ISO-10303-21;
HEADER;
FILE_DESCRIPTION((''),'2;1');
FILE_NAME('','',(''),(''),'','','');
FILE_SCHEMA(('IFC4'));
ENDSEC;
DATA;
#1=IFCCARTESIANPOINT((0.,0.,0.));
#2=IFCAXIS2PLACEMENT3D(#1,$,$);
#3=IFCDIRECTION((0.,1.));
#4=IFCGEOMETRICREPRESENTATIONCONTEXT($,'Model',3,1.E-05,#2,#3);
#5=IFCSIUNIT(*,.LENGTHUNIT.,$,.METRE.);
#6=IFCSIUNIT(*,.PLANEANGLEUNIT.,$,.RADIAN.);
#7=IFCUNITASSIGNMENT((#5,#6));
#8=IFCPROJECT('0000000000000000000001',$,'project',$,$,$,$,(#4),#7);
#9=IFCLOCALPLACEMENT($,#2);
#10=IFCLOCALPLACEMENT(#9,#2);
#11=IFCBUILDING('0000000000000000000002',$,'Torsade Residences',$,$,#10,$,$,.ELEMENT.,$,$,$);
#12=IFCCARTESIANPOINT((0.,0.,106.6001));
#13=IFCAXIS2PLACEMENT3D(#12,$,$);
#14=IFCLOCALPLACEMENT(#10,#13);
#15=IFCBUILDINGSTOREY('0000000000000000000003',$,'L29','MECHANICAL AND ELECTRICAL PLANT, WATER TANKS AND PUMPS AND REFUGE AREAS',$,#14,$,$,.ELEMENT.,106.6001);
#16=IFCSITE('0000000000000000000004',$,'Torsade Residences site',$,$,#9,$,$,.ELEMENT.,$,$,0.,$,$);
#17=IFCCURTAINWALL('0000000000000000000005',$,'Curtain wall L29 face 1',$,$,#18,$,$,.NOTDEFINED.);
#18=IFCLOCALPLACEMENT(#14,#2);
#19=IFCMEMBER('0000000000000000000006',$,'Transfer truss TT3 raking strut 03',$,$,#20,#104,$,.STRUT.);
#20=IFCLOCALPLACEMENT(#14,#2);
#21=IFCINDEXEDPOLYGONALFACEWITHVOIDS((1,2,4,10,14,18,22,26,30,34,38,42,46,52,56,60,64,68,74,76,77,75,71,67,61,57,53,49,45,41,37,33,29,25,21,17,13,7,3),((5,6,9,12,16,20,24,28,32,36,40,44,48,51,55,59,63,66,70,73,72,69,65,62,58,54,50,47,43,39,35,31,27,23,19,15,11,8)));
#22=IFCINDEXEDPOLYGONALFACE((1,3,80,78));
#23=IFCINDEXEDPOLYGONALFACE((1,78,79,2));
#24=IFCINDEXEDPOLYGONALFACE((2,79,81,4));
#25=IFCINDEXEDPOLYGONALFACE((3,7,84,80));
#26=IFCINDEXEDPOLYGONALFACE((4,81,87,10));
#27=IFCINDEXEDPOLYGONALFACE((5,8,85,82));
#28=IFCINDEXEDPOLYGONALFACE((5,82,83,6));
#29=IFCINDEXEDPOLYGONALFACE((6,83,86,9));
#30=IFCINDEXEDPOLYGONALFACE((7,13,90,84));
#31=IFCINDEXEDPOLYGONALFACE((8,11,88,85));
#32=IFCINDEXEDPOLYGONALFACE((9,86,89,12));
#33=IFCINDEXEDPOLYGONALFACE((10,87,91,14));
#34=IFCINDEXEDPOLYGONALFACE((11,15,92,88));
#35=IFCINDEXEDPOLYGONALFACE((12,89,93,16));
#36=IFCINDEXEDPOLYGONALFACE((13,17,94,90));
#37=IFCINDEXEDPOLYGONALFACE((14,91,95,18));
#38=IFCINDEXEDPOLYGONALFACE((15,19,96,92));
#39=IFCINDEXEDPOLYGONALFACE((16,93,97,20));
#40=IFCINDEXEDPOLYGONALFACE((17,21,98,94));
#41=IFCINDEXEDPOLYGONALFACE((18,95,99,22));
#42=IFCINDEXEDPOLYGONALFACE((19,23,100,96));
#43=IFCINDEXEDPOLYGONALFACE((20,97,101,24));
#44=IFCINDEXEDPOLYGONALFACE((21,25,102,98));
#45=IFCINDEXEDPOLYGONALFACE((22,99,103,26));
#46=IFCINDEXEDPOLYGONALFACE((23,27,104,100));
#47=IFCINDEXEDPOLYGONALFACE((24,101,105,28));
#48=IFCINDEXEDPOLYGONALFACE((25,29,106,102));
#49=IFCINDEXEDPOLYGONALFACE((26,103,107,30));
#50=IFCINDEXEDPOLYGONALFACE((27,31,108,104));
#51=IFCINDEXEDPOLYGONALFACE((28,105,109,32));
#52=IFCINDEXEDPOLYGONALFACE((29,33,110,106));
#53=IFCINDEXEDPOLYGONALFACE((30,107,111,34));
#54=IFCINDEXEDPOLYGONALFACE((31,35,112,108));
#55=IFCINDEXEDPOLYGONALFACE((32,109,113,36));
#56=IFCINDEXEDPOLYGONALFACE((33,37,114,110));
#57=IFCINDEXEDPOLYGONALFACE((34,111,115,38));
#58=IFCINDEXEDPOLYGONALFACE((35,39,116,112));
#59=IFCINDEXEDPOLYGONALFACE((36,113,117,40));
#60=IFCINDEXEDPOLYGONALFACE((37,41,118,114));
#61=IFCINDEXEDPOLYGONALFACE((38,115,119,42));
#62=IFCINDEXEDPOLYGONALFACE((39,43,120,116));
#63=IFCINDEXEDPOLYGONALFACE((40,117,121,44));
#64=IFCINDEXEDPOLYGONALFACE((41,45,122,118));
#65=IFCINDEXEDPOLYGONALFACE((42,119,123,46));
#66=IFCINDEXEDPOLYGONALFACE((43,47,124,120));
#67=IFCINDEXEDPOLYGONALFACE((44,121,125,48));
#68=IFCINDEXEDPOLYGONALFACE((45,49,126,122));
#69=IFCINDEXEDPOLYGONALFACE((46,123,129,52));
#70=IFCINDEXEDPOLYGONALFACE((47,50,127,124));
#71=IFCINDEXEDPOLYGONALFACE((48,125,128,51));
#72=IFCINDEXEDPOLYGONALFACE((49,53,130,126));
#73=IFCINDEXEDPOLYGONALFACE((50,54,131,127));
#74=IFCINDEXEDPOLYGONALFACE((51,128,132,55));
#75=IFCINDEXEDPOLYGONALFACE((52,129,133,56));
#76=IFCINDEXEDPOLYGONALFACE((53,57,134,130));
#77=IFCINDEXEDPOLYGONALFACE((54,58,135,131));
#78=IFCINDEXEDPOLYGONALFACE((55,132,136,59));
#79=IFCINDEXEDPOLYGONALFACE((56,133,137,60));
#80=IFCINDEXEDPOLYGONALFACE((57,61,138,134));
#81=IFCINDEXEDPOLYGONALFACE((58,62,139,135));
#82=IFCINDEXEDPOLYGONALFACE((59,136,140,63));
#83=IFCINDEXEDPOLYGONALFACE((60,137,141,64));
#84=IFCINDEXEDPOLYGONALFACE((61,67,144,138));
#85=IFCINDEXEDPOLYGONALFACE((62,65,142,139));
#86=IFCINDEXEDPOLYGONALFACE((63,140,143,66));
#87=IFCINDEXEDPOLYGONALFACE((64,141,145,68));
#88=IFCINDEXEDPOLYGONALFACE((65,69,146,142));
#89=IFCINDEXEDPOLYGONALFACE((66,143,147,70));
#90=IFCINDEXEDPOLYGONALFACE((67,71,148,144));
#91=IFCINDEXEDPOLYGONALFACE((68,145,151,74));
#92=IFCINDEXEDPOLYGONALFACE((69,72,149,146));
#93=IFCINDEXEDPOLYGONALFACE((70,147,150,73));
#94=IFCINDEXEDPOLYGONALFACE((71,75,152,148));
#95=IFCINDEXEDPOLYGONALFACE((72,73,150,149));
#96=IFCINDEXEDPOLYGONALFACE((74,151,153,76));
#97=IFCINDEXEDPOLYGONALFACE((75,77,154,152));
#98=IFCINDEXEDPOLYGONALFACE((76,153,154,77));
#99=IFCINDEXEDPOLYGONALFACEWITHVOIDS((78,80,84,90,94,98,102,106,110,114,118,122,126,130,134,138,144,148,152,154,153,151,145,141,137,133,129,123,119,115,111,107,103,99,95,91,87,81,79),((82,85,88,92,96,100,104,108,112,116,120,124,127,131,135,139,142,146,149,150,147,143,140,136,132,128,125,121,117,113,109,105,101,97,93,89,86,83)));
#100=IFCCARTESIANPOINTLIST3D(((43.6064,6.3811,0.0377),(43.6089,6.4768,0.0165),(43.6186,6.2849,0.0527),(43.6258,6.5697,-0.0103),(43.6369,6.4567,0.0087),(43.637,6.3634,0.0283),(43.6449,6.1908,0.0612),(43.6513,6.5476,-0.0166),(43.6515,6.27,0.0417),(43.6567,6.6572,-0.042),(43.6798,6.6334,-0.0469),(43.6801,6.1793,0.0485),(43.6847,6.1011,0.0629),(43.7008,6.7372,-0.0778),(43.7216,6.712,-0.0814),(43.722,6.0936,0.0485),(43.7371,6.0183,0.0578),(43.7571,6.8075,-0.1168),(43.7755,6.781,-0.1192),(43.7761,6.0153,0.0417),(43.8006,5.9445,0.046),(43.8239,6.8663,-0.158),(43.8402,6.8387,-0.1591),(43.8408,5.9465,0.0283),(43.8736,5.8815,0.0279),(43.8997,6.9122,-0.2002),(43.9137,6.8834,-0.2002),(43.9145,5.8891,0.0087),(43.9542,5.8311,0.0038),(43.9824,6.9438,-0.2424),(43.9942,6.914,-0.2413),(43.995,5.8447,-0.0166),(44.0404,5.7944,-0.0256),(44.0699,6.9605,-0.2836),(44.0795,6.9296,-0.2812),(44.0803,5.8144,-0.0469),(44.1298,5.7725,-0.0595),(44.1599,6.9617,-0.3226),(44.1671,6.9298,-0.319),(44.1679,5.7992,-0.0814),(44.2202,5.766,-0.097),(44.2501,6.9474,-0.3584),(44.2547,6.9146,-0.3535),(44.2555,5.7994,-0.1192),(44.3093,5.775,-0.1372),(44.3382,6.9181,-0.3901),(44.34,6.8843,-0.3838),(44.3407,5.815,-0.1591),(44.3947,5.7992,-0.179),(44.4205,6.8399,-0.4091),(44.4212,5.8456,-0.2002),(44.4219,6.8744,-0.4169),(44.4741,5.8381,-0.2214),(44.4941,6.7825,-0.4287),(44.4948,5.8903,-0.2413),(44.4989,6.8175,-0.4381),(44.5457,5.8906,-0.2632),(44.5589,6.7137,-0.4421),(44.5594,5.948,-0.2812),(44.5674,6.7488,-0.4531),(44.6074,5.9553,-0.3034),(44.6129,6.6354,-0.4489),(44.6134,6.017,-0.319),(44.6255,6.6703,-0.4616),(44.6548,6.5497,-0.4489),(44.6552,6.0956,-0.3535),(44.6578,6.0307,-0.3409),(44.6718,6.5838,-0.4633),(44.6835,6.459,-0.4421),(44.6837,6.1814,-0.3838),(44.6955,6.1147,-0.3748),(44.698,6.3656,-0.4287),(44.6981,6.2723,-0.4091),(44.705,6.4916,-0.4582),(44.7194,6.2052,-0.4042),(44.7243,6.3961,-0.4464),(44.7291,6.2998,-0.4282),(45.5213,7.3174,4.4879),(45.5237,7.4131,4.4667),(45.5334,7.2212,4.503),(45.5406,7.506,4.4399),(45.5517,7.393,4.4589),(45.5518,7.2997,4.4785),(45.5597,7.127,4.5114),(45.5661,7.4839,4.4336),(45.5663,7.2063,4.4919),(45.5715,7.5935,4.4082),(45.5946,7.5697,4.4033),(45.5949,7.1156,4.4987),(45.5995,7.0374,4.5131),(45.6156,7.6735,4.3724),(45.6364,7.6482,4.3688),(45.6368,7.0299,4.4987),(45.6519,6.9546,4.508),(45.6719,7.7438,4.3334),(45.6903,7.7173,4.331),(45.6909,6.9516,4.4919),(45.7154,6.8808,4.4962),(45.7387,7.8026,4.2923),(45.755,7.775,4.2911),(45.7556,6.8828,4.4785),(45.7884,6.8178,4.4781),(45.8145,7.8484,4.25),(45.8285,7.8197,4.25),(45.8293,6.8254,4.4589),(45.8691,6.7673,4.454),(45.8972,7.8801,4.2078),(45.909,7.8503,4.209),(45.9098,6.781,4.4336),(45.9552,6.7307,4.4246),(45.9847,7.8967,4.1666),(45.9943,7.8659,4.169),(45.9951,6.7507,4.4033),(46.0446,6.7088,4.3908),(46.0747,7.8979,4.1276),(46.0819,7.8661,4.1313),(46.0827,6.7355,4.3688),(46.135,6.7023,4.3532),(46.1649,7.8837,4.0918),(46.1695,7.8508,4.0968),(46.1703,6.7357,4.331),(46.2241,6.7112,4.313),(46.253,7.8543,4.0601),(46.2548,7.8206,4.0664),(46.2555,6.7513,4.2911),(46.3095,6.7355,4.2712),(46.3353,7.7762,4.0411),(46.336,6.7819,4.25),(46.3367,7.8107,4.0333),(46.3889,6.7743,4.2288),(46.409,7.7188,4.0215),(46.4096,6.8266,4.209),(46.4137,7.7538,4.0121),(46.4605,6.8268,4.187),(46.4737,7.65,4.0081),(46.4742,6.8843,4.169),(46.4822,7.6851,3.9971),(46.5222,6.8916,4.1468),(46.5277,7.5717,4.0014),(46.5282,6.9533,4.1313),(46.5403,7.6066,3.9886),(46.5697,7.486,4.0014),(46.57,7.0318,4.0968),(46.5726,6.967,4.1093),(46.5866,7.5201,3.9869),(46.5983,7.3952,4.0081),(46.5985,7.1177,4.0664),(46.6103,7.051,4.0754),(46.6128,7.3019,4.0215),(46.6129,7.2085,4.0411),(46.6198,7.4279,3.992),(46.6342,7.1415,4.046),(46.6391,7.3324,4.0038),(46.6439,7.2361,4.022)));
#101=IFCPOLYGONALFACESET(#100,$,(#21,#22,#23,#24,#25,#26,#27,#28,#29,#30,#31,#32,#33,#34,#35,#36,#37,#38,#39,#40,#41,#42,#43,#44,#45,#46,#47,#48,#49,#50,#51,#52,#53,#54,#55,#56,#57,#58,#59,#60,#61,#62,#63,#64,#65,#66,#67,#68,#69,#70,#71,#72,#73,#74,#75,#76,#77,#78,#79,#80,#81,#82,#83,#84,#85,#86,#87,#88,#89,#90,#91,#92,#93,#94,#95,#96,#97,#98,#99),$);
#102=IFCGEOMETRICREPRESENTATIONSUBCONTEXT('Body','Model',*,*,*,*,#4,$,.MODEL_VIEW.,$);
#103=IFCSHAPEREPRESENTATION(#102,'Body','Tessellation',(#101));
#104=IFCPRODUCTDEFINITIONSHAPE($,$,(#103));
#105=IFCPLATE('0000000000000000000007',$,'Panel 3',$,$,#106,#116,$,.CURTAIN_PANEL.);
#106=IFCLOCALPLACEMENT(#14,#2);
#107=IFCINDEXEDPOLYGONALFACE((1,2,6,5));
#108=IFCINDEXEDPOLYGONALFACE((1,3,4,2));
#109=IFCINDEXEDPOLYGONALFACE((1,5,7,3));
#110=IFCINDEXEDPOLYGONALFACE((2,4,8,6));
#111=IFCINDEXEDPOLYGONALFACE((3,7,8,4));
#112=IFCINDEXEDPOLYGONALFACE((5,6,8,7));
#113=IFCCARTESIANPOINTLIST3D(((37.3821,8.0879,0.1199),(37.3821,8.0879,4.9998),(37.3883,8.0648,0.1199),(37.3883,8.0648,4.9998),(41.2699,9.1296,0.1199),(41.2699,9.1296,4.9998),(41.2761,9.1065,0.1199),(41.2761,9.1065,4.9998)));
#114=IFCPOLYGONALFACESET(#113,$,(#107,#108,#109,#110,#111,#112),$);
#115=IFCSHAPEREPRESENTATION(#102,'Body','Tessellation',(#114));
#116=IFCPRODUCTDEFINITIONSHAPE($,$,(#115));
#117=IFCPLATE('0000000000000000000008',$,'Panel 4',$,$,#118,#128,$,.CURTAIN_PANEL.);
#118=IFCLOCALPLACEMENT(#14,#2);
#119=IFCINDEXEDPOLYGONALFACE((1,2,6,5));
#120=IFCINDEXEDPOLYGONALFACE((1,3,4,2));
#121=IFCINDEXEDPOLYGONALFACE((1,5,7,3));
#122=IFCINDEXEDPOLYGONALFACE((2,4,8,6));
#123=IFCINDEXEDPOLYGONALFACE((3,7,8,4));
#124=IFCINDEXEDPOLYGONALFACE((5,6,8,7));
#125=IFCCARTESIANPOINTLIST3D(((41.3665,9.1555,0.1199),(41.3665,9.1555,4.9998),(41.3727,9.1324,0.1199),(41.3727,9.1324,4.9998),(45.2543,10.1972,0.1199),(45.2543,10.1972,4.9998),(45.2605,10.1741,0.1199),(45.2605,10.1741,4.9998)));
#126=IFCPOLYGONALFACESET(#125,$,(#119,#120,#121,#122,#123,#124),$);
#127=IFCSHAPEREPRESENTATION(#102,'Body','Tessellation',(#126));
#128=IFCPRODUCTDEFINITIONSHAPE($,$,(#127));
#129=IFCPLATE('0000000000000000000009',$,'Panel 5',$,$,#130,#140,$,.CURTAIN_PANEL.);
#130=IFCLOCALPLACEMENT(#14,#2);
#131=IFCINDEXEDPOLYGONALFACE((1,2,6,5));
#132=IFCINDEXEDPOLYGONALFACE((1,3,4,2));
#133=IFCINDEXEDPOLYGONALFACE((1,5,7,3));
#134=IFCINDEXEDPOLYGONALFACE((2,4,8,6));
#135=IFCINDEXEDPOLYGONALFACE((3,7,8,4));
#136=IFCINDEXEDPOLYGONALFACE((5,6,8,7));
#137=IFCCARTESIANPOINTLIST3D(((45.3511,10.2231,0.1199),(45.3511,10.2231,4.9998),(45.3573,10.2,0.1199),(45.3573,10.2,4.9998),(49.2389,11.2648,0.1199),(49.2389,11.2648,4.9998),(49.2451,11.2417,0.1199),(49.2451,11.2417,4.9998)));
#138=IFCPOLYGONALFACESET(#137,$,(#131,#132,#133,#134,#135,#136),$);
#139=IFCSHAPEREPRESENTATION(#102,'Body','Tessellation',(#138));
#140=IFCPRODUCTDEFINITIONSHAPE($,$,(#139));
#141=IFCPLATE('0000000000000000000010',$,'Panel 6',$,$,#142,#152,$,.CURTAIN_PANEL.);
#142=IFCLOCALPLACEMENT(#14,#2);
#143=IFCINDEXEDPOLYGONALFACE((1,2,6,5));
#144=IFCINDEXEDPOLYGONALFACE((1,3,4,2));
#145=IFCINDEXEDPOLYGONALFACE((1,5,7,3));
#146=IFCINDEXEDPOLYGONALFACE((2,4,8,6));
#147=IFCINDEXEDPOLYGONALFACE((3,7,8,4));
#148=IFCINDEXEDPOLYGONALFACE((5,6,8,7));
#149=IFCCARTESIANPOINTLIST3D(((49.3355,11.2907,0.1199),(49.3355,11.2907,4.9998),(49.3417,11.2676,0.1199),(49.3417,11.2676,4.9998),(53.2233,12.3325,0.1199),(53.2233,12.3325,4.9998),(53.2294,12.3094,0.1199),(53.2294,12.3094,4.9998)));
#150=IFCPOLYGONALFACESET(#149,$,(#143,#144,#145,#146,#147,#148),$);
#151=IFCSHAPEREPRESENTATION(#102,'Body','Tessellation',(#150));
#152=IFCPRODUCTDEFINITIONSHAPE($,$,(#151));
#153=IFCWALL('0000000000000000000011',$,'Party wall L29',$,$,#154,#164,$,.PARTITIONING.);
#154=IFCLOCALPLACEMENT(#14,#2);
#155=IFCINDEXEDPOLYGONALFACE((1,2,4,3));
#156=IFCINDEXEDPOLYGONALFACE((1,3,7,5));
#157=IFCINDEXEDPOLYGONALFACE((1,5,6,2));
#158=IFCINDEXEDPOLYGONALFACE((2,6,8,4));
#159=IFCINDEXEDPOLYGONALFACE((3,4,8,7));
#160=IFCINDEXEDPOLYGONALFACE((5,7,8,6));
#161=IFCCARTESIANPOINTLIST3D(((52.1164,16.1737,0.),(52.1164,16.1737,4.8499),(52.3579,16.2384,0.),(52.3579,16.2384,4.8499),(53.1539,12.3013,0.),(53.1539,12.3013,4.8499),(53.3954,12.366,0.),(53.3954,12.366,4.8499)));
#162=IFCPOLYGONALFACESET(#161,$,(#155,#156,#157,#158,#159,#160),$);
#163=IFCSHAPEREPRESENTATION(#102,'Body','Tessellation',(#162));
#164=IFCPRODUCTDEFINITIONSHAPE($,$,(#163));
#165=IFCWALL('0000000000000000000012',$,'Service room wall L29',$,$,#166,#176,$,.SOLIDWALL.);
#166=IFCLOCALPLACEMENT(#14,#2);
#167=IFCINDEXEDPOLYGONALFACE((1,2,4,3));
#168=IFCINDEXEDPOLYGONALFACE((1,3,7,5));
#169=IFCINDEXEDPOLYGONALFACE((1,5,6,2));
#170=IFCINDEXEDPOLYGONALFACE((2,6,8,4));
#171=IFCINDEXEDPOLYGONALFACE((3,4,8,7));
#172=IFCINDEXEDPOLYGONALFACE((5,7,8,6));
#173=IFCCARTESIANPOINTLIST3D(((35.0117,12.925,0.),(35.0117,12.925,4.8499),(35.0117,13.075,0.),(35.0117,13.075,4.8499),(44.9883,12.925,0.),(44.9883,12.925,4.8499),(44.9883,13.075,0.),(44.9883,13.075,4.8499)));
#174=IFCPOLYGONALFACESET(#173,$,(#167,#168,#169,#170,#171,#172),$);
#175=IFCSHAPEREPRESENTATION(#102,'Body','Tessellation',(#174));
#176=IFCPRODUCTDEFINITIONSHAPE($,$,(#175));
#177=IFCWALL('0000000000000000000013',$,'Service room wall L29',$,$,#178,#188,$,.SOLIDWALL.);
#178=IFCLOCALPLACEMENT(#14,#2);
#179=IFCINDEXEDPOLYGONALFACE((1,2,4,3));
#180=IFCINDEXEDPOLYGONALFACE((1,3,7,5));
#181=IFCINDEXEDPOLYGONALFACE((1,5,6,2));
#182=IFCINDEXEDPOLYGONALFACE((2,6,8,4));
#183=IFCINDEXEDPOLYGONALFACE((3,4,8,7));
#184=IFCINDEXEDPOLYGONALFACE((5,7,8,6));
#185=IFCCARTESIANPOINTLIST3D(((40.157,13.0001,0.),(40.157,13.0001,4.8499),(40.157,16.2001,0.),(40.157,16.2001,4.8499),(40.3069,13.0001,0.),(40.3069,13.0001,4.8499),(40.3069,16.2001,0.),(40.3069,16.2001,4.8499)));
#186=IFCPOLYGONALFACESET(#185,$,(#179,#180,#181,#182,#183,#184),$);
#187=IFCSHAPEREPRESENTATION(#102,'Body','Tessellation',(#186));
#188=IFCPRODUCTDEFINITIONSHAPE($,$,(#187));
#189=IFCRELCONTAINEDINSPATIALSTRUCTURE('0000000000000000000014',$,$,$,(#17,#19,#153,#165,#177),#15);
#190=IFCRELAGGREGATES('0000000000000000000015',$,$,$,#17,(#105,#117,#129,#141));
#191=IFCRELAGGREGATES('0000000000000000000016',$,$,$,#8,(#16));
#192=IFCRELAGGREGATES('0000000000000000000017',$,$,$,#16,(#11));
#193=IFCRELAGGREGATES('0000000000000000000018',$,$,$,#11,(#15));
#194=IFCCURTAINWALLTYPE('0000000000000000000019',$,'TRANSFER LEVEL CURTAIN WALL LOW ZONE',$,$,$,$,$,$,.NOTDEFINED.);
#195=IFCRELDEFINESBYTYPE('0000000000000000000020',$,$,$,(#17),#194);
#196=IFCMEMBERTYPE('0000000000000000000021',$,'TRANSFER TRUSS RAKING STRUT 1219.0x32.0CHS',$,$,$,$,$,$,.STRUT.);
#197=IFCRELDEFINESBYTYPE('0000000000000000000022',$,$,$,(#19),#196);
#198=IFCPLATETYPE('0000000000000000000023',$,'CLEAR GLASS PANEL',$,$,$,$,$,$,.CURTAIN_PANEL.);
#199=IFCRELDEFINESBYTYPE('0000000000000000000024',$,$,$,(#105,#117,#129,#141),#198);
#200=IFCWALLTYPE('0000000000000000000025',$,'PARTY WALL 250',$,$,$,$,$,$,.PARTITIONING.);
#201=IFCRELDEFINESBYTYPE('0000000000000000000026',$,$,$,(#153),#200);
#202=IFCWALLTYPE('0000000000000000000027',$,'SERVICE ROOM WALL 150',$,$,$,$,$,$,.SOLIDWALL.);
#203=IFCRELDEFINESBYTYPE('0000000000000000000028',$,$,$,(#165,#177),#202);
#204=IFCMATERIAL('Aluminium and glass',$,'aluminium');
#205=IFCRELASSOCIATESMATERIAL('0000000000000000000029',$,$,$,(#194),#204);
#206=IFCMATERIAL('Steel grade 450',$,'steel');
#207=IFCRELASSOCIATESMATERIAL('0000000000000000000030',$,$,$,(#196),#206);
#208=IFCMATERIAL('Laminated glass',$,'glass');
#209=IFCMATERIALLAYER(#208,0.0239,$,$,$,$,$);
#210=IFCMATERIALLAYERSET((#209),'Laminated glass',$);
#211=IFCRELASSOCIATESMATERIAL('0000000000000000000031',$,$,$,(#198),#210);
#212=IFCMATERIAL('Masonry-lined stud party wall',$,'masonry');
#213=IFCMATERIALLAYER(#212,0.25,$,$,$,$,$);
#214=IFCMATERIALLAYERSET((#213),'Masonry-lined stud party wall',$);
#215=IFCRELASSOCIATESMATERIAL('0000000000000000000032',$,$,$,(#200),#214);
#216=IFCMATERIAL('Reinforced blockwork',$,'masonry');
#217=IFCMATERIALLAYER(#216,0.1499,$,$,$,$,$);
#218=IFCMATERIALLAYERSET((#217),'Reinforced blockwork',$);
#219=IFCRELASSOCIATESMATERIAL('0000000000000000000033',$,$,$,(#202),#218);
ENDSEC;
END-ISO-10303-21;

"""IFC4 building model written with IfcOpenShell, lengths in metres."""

from ifc_helpers import new_model, si_unit, direction, frame, frame_2d, origin, origin_2d, place, context, subcontext, project, spatial, rectangle, hollow_circle, extrude, material, layer, layer_set, material_profile, profile_set, type_object, element, aggregate, save


model = new_model("IFC4")

# Units and contexts
model_context = context("Model", 3, precision=1e-05, world=origin(), true_north=direction((0.0, 1.0)))
body_context = subcontext(model_context, "Body", "Model", "MODEL_VIEW")
ifc_project = project(units=[si_unit("LENGTHUNIT", "METRE"), si_unit("PLANEANGLEUNIT", "RADIAN")], contexts=[model_context])

# Site, building, storey
site_placement = place(None, origin())
site = spatial("IfcSite", under=ifc_project, at=site_placement, Name="Torsade Residences site", CompositionType="ELEMENT", RefElevation=0.0)
building_placement = place(site_placement, origin())
building = spatial("IfcBuilding", under=site, at=building_placement, Name="Torsade Residences", CompositionType="ELEMENT")
storey_placement = place(building_placement, frame((0.0, 0.0, 106.6001)))
storey = spatial("IfcBuildingStorey", under=building, at=storey_placement, Name="L29", Description="MECHANICAL AND ELECTRICAL PLANT, WATER TANKS AND PUMPS AND REFUGE AREAS", CompositionType="ELEMENT", Elevation=106.6001)

# Curtain wall
ifc_material_1 = material(Name="Aluminium and glass", Category="aluminium")
curtain_wall_type = type_object("IfcCurtainWallType", Name="TRANSFER LEVEL CURTAIN WALL LOW ZONE", PredefinedType="NOTDEFINED", material=ifc_material_1)
curtain_wall_placement = place(storey_placement, origin())
curtain_wall = element("IfcCurtainWall", 1, at=curtain_wall_placement, inside=storey, type_object=curtain_wall_type, Name="Curtain wall L29 face 1", PredefinedType="NOTDEFINED")

# Member
ifc_material_2 = material(Name="Steel grade 450", Category="steel")
ifc_material_profile_1 = material_profile(ifc_material_2, hollow_circle(Radius=0.6096, WallThickness=0.032, at=origin_2d()), Name="1219.0x32.0CHS")
ifc_profile_set_1 = profile_set([ifc_material_profile_1], Name="Steel grade 450")
member_type_1 = type_object("IfcMemberType", Name="TRANSFER TRUSS RAKING STRUT 1219.0x32.0CHS", PredefinedType="STRUT", material=ifc_profile_set_1)
member_1_placement = place(storey_placement, frame((44.1675, 6.3645, -0.2002), z_axis=(0.388058, 0.189749, 0.90189), x_axis=(-0.43927, 0.898355, 0.0)))
element("IfcMember", 2, at=member_1_placement, inside=storey, type_object=member_type_1, Name="Transfer truss TT3 raking strut 03", PredefinedType="STRUT", context=body_context, shape_type="SweptSolid", body=[
    extrude(hollow_circle(Radius=0.6096, WallThickness=0.032, at=origin_2d()), origin(), (0.0, 0.0, 1.0), 4.9343),
])

# Plates
ifc_material_3 = material(Name="Laminated glass", Category="glass")
ifc_layer_1 = layer(ifc_material_3, 0.0239)
ifc_layer_set_1 = layer_set([ifc_layer_1], Name="Laminated glass")
plate_type = type_object("IfcPlateType", Name="CLEAR GLASS PANEL", PredefinedType="CURTAIN_PANEL", material=ifc_layer_set_1)
plate_1_placement = place(storey_placement, frame((39.3291, 8.5972, 0.1199), z_axis=(0.0, 0.0, 1.0), x_axis=(0.965926, 0.258819, 0.0)))
plate_1 = element("IfcPlate", 3, at=plate_1_placement, type_object=plate_type, Name="Panel 3", PredefinedType="CURTAIN_PANEL", context=body_context, shape_type="SweptSolid", body=[
    extrude(rectangle(XDim=4.0249, YDim=0.0239, at=origin_2d()), origin(), (0.0, 0.0, 1.0), 4.8799),
])
plate_2_placement = place(storey_placement, frame((43.3135, 9.6648, 0.1199), z_axis=(0.0, 0.0, 1.0), x_axis=(0.965926, 0.258819, 0.0)))
plate_2 = element("IfcPlate", 4, at=plate_2_placement, type_object=plate_type, Name="Panel 4", PredefinedType="CURTAIN_PANEL", context=body_context, shape_type="SweptSolid", body=[
    extrude(rectangle(XDim=4.0249, YDim=0.0239, at=origin_2d()), origin(), (0.0, 0.0, 1.0), 4.8799),
])
plate_3_placement = place(storey_placement, frame((47.2981, 10.7324, 0.1199), z_axis=(0.0, 0.0, 1.0), x_axis=(0.965926, 0.258819, 0.0)))
plate_3 = element("IfcPlate", 5, at=plate_3_placement, type_object=plate_type, Name="Panel 5", PredefinedType="CURTAIN_PANEL", context=body_context, shape_type="SweptSolid", body=[
    extrude(rectangle(XDim=4.0249, YDim=0.0239, at=origin_2d()), origin(), (0.0, 0.0, 1.0), 4.8799),
])
plate_4_placement = place(storey_placement, frame((51.2825, 11.8, 0.1199), z_axis=(0.0, 0.0, 1.0), x_axis=(0.965926, 0.258819, 0.0)))
plate_4 = element("IfcPlate", 6, at=plate_4_placement, type_object=plate_type, Name="Panel 6", PredefinedType="CURTAIN_PANEL", context=body_context, shape_type="SweptSolid", body=[
    extrude(rectangle(XDim=4.0249, YDim=0.0239, at=origin_2d()), origin(), (0.0, 0.0, 1.0), 4.8799),
])
aggregate(curtain_wall, [plate_1, plate_2, plate_3, plate_4])

# Walls
ifc_material_4 = material(Name="Masonry-lined stud party wall", Category="masonry")
ifc_layer_2 = layer(ifc_material_4, 0.25)
ifc_layer_set_2 = layer_set([ifc_layer_2], Name="Masonry-lined stud party wall")
wall_type_1 = type_object("IfcWallType", Name="PARTY WALL 250", PredefinedType="PARTITIONING", material=ifc_layer_set_2)
wall_1_placement = place(storey_placement, frame((53.2747, 12.3337, 0.0), z_axis=(0.0, 0.0, 1.0), x_axis=(-0.258807, 0.965929, 0.0)))
element("IfcWall", 7, at=wall_1_placement, inside=storey, type_object=wall_type_1, Name="Party wall L29", PredefinedType="PARTITIONING", context=body_context, shape_type="SweptSolid", body=[
    extrude(rectangle(XDim=4.009, YDim=0.25, at=frame_2d((2.0044, 0.0))), origin(), (0.0, 0.0, 1.0), 4.8499),
])
ifc_material_5 = material(Name="Reinforced blockwork", Category="masonry")
ifc_layer_3 = layer(ifc_material_5, 0.1499)
ifc_layer_set_3 = layer_set([ifc_layer_3], Name="Reinforced blockwork")
wall_type_2 = type_object("IfcWallType", Name="SERVICE ROOM WALL 150", PredefinedType="SOLIDWALL", material=ifc_layer_set_3)
wall_2_placement = place(storey_placement, frame((44.9883, 13.0, 0.0), z_axis=(0.0, 0.0, 1.0), x_axis=(-1.0, 0.0, 0.0)))
element("IfcWall", 8, at=wall_2_placement, inside=storey, type_object=wall_type_2, Name="Service room wall L29", PredefinedType="SOLIDWALL", context=body_context, shape_type="SweptSolid", body=[
    extrude(rectangle(XDim=9.9766, YDim=0.1499, at=frame_2d((4.9883, 0.0))), origin(), (0.0, 0.0, 1.0), 4.8499),
])
wall_3_placement = place(storey_placement, frame((40.2319, 13.0, 0.0), z_axis=(0.0, 0.0, 1.0), x_axis=(0.0, 1.0, 0.0)))
element("IfcWall", 9, at=wall_3_placement, inside=storey, type_object=wall_type_2, Name="Service room wall L29", PredefinedType="SOLIDWALL", context=body_context, shape_type="SweptSolid", body=[
    extrude(rectangle(XDim=3.2, YDim=0.1499, at=frame_2d((1.6001, 0.0))), origin(), (0.0, 0.0, 1.0), 4.8499),
])

save(model, "model.ifc")
